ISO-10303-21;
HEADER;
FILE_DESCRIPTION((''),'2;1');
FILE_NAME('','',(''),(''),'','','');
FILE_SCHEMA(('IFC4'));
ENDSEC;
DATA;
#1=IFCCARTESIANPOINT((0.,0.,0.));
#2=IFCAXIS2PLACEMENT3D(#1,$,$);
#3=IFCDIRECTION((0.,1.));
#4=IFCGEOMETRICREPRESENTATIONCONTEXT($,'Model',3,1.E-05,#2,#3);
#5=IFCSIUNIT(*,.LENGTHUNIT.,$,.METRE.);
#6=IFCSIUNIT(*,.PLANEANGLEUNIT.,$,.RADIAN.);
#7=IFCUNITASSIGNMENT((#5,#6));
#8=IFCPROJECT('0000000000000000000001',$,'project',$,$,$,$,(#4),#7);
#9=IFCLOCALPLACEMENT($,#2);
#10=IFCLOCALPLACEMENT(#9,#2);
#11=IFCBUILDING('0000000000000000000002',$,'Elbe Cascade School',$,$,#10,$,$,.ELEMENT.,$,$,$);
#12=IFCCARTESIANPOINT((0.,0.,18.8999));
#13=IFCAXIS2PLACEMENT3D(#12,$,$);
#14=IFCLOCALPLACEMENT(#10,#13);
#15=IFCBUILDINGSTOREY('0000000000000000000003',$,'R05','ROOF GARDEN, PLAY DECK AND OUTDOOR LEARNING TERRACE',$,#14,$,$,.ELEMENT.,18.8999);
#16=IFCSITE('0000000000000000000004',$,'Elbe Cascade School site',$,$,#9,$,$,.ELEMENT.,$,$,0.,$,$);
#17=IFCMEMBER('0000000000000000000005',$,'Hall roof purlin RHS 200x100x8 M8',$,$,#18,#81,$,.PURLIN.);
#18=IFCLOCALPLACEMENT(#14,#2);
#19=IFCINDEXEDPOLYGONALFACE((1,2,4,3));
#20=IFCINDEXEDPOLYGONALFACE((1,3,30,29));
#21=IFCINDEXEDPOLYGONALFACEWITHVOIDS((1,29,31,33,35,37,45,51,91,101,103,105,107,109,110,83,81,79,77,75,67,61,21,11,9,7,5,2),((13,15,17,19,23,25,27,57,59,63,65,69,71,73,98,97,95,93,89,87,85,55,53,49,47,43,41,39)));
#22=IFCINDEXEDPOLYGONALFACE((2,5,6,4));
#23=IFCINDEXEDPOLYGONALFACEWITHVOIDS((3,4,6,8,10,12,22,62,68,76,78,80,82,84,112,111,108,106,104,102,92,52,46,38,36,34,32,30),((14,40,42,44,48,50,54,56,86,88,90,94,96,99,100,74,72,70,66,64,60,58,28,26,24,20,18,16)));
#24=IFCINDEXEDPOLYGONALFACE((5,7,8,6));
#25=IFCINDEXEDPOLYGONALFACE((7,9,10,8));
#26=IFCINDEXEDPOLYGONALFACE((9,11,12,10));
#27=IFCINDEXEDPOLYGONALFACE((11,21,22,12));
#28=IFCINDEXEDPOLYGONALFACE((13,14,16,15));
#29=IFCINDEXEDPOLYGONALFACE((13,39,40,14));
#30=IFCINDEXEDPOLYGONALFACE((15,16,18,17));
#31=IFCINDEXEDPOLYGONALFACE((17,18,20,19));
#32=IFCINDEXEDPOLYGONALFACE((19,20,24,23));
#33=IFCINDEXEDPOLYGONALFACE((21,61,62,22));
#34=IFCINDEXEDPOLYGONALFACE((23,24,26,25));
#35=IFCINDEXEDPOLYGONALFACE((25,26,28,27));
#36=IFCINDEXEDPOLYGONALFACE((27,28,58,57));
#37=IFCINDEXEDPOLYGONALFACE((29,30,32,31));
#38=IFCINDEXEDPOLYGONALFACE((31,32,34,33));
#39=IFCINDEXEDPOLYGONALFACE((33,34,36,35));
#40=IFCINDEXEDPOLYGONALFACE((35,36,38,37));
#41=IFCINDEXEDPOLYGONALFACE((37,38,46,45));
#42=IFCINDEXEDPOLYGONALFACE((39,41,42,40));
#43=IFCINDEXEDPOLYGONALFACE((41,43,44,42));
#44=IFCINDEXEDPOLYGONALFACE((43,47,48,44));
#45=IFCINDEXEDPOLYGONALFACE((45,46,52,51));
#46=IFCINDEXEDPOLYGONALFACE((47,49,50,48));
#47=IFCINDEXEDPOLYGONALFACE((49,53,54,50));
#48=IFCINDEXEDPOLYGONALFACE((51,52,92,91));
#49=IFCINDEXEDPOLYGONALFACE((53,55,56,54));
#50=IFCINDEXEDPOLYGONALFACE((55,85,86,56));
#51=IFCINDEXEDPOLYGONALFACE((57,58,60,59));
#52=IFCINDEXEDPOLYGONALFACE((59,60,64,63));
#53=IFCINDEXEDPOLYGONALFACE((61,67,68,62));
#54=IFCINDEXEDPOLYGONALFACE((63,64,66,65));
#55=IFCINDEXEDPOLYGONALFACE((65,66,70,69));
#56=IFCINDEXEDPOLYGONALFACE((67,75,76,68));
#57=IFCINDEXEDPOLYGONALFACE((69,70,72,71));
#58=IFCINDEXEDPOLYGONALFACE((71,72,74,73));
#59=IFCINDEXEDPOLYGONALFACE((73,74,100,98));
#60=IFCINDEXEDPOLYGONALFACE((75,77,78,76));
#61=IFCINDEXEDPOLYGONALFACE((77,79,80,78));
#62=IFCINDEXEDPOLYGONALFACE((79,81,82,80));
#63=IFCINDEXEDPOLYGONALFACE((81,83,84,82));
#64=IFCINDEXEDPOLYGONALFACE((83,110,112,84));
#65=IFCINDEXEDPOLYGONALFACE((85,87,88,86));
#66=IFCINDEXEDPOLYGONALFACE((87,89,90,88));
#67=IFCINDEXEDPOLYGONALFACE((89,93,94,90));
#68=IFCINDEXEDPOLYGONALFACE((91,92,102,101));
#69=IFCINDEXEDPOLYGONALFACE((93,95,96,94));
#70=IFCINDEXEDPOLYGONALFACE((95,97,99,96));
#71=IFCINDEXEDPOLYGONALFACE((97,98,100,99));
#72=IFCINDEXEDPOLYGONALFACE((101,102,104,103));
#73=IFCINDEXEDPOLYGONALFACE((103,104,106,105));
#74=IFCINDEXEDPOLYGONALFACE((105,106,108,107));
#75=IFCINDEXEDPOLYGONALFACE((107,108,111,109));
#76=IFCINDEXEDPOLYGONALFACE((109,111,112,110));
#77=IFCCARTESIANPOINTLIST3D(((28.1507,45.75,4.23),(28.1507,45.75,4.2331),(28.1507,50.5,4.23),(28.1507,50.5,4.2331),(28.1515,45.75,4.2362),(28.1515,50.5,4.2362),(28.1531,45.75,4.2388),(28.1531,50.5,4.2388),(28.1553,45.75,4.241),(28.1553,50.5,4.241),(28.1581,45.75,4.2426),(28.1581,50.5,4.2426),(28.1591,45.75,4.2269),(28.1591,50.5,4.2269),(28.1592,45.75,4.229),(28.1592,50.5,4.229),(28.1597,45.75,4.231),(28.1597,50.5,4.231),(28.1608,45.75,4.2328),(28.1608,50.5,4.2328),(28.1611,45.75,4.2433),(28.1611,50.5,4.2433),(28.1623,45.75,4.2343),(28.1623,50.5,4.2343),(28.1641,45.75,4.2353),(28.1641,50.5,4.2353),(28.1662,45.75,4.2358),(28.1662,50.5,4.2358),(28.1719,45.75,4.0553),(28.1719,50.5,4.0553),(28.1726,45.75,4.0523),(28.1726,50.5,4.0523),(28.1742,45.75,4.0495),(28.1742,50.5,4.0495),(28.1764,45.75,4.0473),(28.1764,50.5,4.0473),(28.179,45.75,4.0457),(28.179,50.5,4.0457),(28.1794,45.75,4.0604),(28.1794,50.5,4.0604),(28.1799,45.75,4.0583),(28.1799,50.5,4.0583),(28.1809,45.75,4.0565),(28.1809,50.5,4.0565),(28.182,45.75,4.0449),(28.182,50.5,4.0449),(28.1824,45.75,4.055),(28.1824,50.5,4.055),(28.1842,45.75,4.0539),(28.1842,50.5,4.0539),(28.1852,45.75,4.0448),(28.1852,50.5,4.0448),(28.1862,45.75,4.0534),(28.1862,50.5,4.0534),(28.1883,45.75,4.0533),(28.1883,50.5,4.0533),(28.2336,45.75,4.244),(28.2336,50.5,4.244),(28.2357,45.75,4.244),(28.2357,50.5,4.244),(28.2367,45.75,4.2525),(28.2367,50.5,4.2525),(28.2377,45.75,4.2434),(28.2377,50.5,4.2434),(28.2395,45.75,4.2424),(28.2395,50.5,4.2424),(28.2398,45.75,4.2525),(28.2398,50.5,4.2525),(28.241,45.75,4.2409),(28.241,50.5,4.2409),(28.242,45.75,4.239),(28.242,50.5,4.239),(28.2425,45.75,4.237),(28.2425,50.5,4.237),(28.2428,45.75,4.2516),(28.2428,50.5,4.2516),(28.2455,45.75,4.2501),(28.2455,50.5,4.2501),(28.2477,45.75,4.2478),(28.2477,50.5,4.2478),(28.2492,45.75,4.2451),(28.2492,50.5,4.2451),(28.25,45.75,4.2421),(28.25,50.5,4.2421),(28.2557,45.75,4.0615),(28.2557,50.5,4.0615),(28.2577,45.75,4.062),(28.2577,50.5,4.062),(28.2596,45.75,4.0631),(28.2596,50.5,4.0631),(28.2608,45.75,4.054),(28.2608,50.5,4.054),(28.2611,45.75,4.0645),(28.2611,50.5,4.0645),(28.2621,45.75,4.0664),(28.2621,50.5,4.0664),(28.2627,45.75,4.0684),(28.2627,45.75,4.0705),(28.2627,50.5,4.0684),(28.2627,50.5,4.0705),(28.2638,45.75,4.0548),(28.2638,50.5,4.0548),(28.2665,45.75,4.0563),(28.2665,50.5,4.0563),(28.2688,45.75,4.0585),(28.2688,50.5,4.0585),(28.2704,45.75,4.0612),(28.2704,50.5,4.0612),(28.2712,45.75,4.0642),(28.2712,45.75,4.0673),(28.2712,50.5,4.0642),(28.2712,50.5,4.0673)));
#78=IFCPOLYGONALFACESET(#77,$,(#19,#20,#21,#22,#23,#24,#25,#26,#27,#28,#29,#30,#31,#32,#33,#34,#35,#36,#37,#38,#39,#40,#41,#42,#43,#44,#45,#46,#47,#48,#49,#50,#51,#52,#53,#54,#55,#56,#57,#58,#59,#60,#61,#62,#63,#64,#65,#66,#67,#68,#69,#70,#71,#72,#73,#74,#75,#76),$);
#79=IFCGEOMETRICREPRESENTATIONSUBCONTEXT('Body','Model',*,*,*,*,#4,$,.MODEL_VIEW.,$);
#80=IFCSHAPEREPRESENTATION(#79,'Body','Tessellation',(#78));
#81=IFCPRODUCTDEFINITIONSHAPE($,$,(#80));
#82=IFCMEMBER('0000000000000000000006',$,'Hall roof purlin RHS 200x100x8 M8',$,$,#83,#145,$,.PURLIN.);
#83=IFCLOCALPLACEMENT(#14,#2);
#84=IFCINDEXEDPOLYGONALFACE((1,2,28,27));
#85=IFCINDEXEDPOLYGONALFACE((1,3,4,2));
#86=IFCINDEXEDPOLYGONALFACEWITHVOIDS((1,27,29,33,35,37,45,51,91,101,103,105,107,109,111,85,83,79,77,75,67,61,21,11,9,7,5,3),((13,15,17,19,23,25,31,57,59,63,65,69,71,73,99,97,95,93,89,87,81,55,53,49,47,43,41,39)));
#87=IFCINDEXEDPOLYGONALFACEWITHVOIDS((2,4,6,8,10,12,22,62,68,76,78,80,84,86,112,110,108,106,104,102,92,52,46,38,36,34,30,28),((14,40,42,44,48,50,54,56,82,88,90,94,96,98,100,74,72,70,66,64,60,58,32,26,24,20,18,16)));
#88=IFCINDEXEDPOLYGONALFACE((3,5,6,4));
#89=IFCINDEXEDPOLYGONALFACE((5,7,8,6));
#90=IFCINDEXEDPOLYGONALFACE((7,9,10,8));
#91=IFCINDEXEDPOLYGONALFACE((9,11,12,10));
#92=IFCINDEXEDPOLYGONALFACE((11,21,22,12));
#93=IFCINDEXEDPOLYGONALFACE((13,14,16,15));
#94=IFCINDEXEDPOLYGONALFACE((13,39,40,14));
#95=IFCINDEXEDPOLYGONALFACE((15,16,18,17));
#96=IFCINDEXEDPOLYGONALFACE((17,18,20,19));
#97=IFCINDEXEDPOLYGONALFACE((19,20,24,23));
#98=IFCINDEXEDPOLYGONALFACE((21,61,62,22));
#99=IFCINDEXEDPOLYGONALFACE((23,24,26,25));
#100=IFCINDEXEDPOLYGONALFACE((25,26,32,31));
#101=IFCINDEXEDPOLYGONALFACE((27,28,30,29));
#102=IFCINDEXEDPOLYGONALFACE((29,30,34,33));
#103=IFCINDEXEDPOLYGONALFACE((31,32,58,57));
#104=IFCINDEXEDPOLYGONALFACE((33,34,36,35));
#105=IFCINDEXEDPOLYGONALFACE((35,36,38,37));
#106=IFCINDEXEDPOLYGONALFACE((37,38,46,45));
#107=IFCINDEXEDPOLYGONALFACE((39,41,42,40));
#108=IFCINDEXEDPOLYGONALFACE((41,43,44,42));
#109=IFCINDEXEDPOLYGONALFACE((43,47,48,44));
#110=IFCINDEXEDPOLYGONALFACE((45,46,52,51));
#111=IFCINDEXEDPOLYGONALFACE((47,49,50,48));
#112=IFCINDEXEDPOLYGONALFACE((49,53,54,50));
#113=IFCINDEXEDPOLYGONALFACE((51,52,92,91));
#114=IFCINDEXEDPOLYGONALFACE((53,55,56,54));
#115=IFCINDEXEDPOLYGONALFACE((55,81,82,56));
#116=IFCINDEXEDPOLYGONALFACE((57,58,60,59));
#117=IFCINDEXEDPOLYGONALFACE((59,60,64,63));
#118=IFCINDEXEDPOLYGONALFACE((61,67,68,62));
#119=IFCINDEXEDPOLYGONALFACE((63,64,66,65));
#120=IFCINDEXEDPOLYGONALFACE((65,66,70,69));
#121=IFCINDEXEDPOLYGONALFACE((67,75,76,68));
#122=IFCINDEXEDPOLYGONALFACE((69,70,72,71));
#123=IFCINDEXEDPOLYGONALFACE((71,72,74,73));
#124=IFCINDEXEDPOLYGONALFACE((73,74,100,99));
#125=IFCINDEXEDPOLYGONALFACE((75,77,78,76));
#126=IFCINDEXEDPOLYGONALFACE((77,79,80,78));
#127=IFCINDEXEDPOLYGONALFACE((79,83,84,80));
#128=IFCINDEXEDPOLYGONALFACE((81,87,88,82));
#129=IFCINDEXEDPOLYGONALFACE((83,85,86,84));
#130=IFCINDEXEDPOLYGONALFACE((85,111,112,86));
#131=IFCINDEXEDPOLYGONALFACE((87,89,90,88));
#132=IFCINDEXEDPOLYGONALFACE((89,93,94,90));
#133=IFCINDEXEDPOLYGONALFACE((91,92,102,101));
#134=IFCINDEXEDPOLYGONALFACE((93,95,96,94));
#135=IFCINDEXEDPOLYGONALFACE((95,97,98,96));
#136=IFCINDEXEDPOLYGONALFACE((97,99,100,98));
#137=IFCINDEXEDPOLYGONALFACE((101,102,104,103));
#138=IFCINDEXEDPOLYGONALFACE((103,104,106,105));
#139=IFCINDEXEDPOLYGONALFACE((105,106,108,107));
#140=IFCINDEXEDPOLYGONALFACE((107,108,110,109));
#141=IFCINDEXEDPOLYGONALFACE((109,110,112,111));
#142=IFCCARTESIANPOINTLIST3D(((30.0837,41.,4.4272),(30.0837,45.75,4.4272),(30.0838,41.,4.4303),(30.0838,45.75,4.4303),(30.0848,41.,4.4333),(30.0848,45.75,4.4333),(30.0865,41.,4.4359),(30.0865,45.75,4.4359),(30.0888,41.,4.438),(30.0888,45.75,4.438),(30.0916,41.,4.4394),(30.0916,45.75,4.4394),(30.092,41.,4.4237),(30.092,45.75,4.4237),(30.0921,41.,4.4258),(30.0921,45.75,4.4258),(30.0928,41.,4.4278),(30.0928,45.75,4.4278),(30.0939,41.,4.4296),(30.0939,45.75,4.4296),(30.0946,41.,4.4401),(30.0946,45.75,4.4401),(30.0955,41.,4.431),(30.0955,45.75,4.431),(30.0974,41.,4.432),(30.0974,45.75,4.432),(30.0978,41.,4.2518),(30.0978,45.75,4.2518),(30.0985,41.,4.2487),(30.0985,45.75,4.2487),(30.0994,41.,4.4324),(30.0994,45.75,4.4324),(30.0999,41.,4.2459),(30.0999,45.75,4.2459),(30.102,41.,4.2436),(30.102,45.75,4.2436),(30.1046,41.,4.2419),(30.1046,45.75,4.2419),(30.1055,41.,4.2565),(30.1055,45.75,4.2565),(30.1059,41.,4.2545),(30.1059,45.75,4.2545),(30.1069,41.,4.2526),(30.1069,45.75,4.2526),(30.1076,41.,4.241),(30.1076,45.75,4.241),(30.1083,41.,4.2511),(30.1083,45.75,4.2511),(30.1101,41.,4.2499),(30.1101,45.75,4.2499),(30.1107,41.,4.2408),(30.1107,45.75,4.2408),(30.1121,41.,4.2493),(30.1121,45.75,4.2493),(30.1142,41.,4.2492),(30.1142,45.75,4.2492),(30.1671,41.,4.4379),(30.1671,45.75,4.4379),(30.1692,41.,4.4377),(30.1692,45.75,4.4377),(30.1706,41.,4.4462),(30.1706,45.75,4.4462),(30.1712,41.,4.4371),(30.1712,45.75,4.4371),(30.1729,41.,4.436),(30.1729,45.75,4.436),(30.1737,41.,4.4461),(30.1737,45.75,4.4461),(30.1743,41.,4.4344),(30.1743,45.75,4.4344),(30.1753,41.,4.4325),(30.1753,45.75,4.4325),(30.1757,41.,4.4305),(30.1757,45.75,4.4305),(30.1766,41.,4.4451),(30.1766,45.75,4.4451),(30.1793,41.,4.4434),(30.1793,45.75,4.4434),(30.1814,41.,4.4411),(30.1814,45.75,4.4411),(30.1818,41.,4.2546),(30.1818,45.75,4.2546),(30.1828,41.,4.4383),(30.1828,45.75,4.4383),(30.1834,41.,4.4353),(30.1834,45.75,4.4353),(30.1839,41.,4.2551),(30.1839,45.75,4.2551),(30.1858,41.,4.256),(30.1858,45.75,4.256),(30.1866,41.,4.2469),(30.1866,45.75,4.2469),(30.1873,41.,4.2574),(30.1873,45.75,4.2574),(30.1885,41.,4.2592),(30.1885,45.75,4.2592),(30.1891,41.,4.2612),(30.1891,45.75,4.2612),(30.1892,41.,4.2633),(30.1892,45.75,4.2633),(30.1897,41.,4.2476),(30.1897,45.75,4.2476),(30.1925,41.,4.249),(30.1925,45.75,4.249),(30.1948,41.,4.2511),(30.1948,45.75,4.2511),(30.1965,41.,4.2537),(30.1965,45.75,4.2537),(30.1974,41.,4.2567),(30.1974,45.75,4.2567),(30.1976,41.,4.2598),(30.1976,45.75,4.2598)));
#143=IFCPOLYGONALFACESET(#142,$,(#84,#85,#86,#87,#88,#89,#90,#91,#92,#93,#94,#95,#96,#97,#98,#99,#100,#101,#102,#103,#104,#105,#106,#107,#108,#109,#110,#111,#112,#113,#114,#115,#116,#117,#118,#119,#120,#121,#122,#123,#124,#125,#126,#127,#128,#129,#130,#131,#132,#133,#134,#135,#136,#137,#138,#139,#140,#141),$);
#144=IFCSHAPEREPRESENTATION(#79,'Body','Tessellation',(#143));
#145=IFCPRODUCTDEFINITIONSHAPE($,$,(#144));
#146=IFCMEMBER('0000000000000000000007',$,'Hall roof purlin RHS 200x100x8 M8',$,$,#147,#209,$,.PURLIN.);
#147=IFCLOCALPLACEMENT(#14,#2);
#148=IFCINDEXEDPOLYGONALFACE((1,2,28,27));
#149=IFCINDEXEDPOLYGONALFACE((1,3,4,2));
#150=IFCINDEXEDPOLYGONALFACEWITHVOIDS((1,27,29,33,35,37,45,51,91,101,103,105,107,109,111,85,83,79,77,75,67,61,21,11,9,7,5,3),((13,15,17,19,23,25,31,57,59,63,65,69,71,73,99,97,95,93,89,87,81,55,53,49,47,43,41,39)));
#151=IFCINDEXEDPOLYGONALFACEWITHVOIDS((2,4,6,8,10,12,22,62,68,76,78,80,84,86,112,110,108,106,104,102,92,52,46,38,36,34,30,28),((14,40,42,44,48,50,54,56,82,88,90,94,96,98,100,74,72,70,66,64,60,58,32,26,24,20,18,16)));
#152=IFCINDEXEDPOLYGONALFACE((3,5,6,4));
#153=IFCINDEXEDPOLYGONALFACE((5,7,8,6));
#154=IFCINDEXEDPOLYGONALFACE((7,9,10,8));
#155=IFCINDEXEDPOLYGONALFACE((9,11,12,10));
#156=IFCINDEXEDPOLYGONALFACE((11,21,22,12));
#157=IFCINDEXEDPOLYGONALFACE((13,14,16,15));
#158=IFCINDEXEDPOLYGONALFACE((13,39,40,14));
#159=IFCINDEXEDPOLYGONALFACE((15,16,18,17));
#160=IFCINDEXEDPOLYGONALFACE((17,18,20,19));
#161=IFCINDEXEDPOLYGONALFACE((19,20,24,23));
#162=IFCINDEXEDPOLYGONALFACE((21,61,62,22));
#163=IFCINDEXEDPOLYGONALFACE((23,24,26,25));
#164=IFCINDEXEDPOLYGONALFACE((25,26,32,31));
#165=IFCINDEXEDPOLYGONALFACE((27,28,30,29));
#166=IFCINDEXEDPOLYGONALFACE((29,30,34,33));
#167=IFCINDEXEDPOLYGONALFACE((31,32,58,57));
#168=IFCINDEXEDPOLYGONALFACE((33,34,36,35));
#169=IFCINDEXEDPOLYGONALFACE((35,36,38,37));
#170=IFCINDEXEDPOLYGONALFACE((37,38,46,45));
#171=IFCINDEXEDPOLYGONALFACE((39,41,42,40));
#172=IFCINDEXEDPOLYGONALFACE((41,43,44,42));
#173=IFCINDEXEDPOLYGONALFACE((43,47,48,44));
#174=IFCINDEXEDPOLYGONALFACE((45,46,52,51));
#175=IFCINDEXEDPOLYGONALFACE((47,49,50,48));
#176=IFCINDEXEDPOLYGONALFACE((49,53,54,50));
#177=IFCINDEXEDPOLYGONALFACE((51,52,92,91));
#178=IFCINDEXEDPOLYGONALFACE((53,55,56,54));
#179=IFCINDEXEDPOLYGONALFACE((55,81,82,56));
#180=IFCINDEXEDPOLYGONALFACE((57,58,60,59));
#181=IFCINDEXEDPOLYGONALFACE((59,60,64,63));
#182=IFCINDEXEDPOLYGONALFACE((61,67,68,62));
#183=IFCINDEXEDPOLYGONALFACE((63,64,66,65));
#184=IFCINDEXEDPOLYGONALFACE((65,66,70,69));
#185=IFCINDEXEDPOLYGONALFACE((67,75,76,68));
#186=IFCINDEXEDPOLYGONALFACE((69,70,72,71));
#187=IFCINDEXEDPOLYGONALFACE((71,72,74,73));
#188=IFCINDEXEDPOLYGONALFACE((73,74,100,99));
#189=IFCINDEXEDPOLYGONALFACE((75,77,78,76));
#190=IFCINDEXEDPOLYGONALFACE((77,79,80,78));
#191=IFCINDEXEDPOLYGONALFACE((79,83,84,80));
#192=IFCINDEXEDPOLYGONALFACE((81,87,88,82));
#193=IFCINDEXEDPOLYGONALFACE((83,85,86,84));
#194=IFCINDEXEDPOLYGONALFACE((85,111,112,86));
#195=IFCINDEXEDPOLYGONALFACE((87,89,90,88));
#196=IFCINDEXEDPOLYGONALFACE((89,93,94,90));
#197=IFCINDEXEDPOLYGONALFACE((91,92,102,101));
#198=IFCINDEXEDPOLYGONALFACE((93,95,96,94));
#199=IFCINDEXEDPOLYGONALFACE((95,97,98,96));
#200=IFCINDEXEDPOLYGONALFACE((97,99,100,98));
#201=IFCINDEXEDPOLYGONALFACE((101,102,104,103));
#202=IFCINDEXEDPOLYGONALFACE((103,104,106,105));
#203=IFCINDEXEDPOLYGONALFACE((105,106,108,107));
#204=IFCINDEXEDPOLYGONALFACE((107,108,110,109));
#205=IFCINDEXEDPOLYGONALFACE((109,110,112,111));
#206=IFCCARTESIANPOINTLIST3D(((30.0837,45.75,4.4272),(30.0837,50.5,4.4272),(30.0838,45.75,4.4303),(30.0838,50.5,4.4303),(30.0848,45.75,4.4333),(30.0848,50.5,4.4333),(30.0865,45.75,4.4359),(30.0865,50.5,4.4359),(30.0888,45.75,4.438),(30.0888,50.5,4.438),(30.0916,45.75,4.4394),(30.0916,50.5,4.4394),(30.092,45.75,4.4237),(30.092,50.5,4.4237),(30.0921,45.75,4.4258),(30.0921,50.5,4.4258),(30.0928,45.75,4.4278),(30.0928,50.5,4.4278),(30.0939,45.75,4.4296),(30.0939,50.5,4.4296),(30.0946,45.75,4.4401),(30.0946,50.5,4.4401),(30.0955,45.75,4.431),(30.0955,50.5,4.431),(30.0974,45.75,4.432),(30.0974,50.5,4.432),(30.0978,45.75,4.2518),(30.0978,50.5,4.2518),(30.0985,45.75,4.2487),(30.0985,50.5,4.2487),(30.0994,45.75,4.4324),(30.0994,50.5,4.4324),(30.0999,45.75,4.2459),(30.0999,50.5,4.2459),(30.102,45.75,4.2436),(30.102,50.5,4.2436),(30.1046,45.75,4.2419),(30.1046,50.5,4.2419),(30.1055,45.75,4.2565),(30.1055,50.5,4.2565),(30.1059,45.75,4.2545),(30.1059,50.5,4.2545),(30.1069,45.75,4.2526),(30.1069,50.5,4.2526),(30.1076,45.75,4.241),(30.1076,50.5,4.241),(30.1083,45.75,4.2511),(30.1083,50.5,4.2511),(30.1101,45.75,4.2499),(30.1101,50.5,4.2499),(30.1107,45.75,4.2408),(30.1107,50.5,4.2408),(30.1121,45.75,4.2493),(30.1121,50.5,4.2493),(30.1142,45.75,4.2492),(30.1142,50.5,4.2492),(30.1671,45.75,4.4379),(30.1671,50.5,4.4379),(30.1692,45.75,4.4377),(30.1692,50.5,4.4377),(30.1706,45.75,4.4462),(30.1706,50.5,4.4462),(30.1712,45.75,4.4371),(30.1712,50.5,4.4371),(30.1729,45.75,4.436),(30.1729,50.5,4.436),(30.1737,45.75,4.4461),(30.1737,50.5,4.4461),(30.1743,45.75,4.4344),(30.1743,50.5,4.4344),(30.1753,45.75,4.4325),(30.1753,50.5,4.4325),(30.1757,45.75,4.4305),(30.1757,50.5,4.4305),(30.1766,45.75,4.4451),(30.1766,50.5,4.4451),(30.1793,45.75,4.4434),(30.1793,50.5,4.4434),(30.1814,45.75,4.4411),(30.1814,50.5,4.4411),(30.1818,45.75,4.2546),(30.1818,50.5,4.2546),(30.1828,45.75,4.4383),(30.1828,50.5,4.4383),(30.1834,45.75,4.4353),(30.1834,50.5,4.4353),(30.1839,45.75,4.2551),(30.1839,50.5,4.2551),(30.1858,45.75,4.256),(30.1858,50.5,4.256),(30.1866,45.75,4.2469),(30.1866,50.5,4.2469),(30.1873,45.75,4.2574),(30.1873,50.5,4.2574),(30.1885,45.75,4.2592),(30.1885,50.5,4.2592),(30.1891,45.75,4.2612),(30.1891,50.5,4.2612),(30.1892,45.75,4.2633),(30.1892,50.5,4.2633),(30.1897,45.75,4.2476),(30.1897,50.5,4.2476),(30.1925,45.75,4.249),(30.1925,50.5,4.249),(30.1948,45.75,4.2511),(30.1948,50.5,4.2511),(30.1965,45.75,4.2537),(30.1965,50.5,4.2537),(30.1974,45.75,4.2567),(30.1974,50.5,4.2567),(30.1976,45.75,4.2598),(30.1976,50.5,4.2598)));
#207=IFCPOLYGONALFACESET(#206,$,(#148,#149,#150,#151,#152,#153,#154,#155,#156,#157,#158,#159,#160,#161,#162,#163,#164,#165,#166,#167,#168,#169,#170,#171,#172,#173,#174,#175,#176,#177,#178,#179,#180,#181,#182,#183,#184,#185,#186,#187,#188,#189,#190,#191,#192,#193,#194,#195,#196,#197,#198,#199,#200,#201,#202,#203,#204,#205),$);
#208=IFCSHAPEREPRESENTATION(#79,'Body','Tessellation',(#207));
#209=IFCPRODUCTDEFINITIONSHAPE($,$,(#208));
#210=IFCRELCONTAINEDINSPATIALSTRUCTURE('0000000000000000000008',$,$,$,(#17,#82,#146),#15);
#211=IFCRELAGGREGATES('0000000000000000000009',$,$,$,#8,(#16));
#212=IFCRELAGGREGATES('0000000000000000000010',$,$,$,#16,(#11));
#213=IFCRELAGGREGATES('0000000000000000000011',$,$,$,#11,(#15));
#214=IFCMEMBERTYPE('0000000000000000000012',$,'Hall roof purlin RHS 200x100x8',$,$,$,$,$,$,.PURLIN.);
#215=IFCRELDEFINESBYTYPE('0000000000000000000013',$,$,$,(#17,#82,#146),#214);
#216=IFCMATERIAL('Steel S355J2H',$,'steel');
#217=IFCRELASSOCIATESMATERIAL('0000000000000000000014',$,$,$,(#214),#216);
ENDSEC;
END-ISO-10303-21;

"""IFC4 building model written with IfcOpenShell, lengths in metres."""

from ifc_helpers import new_model, si_unit, direction, frame, origin, origin_2d, place, context, subcontext, project, spatial, hollow_rectangle, extrude, material, material_profile, profile_set, type_object, element, save


model = new_model("IFC4")

# Units and contexts
model_context = context("Model", 3, precision=1e-05, world=origin(), true_north=direction((0.0, 1.0)))
body_context = subcontext(model_context, "Body", "Model", "MODEL_VIEW")
ifc_project = project(units=[si_unit("LENGTHUNIT", "METRE"), si_unit("PLANEANGLEUNIT", "RADIAN")], contexts=[model_context])

# Site, building, storey
site_placement = place(None, origin())
site = spatial("IfcSite", under=ifc_project, at=site_placement, Name="Elbe Cascade School site", CompositionType="ELEMENT", RefElevation=0.0)
building_placement = place(site_placement, origin())
building = spatial("IfcBuilding", under=site, at=building_placement, Name="Elbe Cascade School", CompositionType="ELEMENT")
storey_placement = place(building_placement, frame((0.0, 0.0, 18.8999)))
storey = spatial("IfcBuildingStorey", under=building, at=storey_placement, Name="R05", Description="ROOF GARDEN, PLAY DECK AND OUTDOOR LEARNING TERRACE", CompositionType="ELEMENT", Elevation=18.8999)

# Members
ifc_material_1 = material(Name="Steel S355J2H", Category="steel")
ifc_material_profile_1 = material_profile(ifc_material_1, hollow_rectangle(XDim=0.1001, YDim=0.2, WallThickness=0.0081, InnerFilletRadius=0.0081, OuterFilletRadius=0.012, at=origin_2d()), Name="RHS 200x100x8")
ifc_profile_set_1 = profile_set([ifc_material_profile_1], Name="Steel S355J2H")
member_type_1 = type_object("IfcMemberType", Name="Hall roof purlin RHS 200x100x8", PredefinedType="PURLIN", material=ifc_profile_set_1)
for number, where, z_axis, x_axis, name in (
    (1, (28.2109, 45.75, 4.1487), (0.0, 1.0, 0.0), (-0.992718, 0.0, -0.120463), "Hall roof purlin RHS 200x100x8 M8"),
    (2, (30.1406, 41.0, 4.3435), (0.0, 1.0, 0.0), (-0.99677, 0.0, -0.080309), "Hall roof purlin RHS 200x100x8 M8"),
    (3, (30.1406, 45.75, 4.3435), (0.0, 1.0, 0.0), (-0.99677, 0.0, -0.080309), "Hall roof purlin RHS 200x100x8 M8"),
):
    element("IfcMember", number, at=place(storey_placement, frame(where, z_axis=z_axis, x_axis=x_axis)), inside=storey, type_object=member_type_1, Name=name, PredefinedType="PURLIN", context=body_context, shape_type="SweptSolid", body=[
        extrude(hollow_rectangle(XDim=0.1001, YDim=0.2, WallThickness=0.0081, InnerFilletRadius=0.0081, OuterFilletRadius=0.012, at=origin_2d()), origin(), (0.0, 0.0, 1.0), 4.75),
    ])

save(model, "model.ifc")
